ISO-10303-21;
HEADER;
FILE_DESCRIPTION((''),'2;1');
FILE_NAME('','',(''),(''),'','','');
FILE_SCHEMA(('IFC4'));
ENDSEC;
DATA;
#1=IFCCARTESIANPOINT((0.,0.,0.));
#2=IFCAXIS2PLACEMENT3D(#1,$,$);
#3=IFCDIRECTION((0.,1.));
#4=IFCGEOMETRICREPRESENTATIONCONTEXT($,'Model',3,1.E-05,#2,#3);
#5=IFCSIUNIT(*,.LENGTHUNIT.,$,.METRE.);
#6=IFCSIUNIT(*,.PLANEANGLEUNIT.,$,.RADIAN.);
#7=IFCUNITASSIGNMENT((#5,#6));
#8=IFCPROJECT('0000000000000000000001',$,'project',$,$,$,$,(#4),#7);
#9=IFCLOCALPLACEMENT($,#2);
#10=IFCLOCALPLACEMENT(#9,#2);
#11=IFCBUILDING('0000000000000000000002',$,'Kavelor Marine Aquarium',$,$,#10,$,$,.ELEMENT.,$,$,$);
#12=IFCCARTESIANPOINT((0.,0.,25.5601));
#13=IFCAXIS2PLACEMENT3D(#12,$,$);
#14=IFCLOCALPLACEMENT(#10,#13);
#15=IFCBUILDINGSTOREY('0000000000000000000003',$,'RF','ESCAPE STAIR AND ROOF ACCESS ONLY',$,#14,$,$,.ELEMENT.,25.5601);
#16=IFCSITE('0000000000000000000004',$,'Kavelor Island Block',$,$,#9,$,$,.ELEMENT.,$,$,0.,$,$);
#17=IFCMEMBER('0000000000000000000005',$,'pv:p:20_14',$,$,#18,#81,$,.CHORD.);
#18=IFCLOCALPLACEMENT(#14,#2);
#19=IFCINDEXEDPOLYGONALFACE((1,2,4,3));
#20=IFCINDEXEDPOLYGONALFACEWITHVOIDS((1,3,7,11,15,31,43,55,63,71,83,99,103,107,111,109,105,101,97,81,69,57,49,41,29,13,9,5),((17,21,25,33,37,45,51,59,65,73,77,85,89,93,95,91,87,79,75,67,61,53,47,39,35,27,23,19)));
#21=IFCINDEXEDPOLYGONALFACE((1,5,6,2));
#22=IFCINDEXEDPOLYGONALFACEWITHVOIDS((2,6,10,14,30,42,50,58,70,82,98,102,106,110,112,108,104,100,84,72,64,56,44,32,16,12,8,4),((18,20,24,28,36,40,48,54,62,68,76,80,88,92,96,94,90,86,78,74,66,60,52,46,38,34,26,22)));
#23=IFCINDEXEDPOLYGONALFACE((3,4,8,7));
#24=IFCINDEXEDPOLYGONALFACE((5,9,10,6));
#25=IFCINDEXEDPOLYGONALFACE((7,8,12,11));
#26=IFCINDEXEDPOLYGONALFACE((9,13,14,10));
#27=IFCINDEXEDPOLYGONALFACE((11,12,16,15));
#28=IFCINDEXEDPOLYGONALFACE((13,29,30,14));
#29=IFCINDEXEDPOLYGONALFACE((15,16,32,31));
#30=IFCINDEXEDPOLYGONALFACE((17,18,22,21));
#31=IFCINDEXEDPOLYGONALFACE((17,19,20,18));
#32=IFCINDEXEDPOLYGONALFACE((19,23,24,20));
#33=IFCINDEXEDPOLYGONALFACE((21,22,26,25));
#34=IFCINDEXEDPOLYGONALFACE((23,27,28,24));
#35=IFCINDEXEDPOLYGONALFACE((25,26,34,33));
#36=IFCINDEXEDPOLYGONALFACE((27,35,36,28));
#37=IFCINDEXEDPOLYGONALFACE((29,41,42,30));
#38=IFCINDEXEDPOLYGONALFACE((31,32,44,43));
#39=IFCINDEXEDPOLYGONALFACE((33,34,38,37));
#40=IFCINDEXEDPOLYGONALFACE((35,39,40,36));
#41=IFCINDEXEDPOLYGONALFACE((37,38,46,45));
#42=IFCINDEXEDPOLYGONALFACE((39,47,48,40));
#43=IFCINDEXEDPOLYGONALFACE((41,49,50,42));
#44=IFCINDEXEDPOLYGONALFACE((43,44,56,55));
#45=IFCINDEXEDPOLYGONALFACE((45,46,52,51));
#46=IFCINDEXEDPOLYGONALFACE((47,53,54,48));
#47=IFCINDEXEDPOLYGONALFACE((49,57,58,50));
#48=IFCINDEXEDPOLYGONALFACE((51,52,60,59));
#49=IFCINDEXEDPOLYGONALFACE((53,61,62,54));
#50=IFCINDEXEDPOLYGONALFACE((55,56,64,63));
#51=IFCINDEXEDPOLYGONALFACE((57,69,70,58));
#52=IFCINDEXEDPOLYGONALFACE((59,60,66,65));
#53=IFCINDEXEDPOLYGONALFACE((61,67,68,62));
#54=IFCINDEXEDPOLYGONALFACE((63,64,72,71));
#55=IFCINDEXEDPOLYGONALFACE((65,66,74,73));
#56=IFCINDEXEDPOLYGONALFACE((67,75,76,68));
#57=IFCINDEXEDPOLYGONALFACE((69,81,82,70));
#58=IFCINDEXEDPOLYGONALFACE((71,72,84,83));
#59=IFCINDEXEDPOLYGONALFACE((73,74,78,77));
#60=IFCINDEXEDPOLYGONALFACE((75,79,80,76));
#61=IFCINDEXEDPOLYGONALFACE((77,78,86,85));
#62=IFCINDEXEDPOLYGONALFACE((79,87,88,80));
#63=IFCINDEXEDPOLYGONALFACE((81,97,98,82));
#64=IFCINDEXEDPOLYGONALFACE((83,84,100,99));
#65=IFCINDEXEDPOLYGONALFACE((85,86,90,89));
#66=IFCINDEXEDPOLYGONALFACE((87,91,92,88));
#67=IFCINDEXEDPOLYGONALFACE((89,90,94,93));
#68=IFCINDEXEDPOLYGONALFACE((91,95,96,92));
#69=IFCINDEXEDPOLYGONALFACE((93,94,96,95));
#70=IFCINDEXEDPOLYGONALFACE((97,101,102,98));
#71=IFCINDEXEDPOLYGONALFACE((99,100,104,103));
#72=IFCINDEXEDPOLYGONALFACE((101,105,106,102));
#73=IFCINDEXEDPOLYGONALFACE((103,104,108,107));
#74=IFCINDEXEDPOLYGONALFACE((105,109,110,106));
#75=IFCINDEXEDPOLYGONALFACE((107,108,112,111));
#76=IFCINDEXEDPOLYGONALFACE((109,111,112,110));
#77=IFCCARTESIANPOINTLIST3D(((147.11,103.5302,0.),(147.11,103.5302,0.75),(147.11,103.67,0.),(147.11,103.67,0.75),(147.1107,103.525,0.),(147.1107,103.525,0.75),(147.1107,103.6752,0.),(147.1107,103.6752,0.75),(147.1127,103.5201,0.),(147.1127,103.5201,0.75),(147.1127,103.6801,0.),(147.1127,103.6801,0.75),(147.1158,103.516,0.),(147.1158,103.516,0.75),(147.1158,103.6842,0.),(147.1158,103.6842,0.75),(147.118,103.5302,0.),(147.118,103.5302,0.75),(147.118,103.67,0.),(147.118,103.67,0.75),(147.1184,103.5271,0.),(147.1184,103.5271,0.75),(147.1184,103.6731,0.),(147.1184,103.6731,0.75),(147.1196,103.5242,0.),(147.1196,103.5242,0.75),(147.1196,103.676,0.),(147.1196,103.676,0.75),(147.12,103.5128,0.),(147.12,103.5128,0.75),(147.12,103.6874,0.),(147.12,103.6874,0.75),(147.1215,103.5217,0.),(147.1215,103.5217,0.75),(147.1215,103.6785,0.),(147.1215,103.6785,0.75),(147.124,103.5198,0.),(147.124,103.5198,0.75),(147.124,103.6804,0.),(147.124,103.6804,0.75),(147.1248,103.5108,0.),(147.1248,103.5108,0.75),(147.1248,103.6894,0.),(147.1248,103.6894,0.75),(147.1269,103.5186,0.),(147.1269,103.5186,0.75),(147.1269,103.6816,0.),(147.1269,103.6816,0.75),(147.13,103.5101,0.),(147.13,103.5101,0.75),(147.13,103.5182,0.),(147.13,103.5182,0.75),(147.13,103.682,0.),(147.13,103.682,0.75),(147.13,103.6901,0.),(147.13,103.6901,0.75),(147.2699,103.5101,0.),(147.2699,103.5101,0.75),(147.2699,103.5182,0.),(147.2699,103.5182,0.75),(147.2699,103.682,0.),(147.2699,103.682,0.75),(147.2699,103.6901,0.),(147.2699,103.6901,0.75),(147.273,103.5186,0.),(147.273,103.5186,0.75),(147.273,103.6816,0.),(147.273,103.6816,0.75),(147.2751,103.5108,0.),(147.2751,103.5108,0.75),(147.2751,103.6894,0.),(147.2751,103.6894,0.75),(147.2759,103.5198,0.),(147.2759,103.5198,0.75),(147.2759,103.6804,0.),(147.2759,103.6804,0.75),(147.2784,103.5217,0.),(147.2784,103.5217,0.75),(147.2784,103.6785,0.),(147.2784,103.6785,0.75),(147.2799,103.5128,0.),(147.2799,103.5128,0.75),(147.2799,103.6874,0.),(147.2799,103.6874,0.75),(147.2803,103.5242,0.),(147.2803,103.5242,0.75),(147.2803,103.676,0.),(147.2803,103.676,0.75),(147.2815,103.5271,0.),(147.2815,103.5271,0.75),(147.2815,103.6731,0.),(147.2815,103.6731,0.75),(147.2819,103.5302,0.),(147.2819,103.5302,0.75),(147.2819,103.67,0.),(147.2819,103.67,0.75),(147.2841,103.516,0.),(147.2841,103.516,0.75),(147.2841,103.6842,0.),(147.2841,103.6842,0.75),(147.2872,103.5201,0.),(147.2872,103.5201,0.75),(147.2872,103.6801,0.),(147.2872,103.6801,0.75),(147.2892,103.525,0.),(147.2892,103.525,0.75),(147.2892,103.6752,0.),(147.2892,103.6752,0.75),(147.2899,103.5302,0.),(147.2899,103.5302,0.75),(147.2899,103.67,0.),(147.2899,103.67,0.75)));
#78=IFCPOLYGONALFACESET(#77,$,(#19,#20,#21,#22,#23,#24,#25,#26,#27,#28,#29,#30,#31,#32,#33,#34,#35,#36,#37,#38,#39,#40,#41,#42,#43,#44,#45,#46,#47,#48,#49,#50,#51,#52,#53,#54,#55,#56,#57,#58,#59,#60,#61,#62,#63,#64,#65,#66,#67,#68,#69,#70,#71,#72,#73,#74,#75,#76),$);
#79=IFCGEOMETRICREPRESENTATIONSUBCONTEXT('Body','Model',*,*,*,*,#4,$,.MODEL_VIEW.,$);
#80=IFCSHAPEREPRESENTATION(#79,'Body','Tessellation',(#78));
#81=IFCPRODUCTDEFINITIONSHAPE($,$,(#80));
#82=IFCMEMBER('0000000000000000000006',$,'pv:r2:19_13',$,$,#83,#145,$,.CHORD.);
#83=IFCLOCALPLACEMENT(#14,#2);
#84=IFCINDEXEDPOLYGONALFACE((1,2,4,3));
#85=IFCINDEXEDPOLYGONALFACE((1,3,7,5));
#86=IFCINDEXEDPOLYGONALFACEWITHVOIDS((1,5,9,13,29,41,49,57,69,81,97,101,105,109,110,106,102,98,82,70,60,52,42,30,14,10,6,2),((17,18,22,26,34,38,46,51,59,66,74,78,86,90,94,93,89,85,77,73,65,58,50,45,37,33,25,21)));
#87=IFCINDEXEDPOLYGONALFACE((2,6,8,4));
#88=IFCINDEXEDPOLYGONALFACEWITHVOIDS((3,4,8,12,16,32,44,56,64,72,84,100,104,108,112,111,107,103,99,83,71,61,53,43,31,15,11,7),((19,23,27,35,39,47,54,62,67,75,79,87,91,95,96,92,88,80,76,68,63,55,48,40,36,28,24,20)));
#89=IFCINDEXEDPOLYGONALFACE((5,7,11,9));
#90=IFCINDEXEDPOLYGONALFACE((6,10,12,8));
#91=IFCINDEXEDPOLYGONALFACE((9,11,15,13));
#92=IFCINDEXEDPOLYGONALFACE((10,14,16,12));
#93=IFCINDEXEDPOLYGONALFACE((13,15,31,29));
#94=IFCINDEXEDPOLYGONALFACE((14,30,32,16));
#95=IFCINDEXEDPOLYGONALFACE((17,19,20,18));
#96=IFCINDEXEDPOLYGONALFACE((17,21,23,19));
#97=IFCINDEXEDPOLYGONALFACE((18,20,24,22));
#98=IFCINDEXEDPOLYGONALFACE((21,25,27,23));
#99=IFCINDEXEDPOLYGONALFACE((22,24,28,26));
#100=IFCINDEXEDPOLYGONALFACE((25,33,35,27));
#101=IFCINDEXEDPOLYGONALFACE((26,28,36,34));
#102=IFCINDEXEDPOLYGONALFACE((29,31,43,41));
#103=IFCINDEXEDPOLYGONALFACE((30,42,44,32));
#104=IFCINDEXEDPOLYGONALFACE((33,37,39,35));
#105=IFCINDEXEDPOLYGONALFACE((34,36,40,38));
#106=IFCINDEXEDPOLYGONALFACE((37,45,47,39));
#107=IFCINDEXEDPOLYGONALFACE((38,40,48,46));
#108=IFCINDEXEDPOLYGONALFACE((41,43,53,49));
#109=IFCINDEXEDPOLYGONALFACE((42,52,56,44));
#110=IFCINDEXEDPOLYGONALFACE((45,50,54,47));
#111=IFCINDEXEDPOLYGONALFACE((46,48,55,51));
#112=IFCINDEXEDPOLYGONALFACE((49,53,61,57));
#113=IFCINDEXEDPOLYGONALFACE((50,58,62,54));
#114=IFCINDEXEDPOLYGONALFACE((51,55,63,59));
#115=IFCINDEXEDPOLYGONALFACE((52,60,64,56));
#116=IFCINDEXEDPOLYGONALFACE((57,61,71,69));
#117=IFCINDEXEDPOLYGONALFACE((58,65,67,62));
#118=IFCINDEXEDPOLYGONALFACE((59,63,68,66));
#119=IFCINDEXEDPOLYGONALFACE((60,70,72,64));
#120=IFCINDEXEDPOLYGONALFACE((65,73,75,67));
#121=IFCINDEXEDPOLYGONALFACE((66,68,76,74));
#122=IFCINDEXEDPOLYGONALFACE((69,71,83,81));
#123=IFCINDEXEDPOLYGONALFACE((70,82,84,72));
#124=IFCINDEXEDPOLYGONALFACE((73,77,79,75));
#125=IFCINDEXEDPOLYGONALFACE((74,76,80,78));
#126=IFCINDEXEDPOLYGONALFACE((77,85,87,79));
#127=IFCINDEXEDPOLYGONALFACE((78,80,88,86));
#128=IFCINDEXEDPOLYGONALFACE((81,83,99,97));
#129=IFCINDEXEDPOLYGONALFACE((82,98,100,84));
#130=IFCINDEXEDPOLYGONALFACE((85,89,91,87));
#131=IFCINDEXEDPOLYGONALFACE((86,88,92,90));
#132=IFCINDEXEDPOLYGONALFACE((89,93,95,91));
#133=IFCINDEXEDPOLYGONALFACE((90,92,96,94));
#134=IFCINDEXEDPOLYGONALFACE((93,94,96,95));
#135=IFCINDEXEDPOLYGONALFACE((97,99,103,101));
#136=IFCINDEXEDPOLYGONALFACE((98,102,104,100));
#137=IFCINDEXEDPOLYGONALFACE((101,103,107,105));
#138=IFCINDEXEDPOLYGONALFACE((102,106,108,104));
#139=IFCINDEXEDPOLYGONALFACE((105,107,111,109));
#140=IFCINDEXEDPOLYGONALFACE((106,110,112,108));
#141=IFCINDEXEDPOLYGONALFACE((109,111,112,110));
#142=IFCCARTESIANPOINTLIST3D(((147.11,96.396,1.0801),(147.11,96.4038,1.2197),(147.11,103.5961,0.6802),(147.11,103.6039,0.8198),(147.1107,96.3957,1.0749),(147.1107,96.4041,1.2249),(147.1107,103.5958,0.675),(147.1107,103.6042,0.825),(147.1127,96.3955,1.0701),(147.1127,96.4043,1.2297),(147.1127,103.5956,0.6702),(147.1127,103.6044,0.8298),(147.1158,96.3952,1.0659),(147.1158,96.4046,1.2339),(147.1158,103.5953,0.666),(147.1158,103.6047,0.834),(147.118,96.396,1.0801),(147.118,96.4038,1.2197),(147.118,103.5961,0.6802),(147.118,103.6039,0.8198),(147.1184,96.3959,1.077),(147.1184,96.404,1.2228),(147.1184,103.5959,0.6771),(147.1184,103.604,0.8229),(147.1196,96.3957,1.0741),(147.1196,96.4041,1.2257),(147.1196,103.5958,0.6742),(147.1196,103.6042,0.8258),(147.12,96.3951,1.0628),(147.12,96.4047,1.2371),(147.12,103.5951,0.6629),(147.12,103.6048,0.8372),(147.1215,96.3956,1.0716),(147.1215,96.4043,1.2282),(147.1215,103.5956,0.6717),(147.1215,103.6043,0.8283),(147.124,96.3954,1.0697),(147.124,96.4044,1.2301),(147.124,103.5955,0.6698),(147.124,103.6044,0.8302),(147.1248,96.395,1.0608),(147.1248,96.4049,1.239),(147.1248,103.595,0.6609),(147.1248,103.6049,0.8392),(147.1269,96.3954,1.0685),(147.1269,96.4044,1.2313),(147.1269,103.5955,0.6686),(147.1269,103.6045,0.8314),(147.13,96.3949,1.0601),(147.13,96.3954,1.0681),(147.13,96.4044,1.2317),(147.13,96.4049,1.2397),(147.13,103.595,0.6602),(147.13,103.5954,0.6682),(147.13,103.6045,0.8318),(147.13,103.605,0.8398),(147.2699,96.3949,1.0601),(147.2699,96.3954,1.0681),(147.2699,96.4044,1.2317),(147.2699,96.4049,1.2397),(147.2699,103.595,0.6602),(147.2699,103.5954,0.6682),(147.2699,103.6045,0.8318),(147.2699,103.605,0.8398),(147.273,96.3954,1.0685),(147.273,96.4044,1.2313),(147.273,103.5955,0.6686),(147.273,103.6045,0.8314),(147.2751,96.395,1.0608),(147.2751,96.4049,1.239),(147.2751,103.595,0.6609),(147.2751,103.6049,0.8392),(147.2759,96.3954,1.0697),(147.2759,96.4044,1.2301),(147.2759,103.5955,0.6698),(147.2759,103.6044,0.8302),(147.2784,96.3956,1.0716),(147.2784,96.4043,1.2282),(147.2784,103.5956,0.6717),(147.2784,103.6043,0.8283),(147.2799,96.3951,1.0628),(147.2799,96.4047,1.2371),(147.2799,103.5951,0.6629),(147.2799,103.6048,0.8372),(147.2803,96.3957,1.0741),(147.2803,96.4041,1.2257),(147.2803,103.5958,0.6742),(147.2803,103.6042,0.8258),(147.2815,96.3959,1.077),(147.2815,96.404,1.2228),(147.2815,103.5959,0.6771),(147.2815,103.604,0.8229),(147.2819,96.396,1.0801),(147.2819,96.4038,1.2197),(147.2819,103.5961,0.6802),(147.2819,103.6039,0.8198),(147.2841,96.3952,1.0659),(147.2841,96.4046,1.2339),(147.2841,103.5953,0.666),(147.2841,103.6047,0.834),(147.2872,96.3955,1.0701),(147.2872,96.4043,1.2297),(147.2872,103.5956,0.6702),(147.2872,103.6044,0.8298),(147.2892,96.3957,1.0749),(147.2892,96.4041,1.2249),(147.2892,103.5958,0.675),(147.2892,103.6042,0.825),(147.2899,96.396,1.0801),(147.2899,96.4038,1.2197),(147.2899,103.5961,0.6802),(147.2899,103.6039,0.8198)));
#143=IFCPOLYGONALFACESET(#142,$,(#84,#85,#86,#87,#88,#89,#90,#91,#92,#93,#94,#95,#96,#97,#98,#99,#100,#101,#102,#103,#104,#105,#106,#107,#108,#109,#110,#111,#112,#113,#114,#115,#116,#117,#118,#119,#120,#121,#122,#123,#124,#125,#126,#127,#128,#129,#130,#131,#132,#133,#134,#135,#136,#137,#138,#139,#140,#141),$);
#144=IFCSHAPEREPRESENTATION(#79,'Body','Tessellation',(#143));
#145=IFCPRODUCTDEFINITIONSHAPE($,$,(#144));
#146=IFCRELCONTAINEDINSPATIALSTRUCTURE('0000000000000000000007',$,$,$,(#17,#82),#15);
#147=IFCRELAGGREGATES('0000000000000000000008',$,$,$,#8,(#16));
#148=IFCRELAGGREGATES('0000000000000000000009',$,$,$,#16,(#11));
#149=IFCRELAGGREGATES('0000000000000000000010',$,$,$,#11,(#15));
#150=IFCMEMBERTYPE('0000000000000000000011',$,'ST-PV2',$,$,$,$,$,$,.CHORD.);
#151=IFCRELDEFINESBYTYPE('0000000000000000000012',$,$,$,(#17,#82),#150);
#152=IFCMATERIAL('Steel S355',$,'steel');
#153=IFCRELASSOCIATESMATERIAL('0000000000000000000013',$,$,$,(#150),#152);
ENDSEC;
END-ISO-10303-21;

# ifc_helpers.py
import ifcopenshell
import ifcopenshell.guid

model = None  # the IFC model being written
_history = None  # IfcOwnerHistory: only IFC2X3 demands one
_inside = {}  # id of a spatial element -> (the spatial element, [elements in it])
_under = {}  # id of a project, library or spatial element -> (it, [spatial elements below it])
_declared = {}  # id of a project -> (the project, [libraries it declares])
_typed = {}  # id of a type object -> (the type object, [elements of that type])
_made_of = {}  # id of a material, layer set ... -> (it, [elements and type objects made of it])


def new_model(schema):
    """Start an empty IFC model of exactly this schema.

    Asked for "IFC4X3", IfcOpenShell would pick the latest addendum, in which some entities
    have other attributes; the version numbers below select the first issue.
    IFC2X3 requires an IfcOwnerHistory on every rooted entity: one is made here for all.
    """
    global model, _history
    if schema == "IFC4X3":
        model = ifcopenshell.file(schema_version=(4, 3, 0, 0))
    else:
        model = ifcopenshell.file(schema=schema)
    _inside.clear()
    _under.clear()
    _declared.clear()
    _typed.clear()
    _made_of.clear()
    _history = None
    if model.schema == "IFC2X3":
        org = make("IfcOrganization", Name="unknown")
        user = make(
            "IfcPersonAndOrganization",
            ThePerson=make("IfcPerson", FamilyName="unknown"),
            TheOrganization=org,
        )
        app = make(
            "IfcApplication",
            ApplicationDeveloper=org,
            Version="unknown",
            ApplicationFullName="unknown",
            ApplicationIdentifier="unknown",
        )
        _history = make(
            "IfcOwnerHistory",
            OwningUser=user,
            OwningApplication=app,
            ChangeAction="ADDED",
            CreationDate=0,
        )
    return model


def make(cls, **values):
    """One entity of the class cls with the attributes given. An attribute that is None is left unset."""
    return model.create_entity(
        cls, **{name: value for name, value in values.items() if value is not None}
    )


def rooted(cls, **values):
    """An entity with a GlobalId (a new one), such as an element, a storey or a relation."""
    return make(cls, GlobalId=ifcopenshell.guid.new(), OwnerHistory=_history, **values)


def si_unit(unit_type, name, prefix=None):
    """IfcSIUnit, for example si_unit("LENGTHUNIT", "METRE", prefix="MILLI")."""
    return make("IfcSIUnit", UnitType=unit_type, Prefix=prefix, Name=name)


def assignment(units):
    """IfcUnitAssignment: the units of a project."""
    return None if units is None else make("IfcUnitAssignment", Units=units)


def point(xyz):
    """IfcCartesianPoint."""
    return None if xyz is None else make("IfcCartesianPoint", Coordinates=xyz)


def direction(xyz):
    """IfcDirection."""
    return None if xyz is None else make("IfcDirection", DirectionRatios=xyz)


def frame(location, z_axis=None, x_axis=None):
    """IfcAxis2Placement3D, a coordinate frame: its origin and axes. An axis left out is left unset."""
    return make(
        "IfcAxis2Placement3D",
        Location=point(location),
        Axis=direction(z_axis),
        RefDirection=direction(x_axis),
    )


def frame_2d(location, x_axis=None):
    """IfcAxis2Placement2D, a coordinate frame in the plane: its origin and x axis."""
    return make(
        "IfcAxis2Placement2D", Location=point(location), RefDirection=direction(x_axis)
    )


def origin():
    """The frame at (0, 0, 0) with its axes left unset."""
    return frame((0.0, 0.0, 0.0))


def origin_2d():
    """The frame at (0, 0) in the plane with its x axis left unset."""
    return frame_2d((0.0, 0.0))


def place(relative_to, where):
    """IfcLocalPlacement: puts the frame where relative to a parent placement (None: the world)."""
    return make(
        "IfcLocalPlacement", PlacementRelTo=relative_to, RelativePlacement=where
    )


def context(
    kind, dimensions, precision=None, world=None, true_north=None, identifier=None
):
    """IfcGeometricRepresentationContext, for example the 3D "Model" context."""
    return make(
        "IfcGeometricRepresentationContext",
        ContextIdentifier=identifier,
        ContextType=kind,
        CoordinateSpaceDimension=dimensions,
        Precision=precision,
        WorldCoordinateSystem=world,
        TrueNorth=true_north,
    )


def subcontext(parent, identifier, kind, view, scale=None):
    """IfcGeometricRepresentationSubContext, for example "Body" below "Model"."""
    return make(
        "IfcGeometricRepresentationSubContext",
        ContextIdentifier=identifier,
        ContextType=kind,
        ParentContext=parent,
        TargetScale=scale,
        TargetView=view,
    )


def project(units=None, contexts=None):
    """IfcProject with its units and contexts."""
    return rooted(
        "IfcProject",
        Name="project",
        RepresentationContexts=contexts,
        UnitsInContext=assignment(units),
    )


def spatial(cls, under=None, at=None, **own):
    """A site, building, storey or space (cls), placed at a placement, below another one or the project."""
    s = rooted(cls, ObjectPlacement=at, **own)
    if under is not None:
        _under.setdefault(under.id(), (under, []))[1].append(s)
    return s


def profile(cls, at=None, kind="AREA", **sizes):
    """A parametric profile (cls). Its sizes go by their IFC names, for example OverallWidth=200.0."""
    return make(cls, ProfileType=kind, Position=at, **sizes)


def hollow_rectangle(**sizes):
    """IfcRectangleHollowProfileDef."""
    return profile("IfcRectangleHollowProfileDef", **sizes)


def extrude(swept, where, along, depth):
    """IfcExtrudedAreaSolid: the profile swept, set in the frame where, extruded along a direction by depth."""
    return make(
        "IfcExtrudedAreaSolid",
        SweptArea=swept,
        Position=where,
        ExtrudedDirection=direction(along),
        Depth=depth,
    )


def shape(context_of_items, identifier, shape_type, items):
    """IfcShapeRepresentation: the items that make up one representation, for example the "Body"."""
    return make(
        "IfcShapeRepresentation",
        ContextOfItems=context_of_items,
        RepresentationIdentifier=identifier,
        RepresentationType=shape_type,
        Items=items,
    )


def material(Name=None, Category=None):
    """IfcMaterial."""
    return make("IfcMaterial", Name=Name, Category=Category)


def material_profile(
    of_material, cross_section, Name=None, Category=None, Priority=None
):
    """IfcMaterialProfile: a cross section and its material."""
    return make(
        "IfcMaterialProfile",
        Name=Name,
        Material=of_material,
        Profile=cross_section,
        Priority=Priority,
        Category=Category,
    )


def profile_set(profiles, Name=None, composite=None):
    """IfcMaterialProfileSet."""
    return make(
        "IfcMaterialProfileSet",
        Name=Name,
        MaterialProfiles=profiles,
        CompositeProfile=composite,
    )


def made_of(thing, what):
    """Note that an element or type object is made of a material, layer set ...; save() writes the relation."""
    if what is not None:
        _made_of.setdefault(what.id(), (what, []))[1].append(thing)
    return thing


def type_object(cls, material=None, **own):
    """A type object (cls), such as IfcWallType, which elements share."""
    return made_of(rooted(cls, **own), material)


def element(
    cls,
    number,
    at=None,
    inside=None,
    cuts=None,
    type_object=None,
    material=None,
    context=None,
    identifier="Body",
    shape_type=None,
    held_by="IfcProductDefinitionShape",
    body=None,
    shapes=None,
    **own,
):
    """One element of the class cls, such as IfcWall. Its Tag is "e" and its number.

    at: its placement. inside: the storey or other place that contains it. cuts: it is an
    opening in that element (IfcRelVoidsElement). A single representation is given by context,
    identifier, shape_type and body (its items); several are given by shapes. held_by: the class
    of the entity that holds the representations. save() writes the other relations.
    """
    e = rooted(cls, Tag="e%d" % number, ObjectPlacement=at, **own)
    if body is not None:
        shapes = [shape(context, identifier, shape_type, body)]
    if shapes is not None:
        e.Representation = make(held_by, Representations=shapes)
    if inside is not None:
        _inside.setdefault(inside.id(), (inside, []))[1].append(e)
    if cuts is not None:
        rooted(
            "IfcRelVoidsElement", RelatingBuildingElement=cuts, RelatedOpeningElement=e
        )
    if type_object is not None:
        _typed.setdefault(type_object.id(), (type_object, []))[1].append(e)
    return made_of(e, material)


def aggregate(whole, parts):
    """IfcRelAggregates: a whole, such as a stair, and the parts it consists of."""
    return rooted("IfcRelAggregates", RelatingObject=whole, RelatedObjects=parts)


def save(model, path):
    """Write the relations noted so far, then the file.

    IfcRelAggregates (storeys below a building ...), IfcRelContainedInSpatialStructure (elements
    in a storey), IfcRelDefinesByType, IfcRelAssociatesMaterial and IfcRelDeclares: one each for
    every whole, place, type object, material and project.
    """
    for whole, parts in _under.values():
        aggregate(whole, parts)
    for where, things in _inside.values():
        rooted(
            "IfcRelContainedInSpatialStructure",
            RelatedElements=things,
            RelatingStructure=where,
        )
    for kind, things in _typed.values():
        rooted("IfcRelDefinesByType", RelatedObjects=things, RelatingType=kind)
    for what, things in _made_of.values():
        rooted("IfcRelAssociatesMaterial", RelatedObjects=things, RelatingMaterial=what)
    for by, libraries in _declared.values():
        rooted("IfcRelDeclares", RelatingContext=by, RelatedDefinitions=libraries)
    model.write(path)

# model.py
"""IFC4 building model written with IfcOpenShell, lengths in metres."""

from ifc_helpers import new_model, si_unit, direction, frame, origin, origin_2d, place, context, subcontext, project, spatial, hollow_rectangle, extrude, material, material_profile, profile_set, type_object, element, save


model = new_model("IFC4")

# Units and contexts
model_context = context("Model", 3, precision=1e-05, world=origin(), true_north=direction((0.0, 1.0)))
body_context = subcontext(model_context, "Body", "Model", "MODEL_VIEW")
ifc_project = project(units=[si_unit("LENGTHUNIT", "METRE"), si_unit("PLANEANGLEUNIT", "RADIAN")], contexts=[model_context])

# Site, building, storey
site_placement = place(None, origin())
site = spatial("IfcSite", under=ifc_project, at=site_placement, Name="Kavelor Island Block", CompositionType="ELEMENT", RefElevation=0.0)
building_placement = place(site_placement, origin())
building = spatial("IfcBuilding", under=site, at=building_placement, Name="Kavelor Marine Aquarium", CompositionType="ELEMENT")
storey_placement = place(building_placement, frame((0.0, 0.0, 25.5601)))
storey = spatial("IfcBuildingStorey", under=building, at=storey_placement, Name="RF", Description="ESCAPE STAIR AND ROOF ACCESS ONLY", CompositionType="ELEMENT", Elevation=25.5601)

# Members
ifc_material_1 = material(Name="Steel S355", Category="steel")
ifc_material_profile_1 = material_profile(ifc_material_1, hollow_rectangle(XDim=0.1799, YDim=0.1799, WallThickness=0.0081, InnerFilletRadius=0.012, OuterFilletRadius=0.02, at=origin_2d()), Name="SHS 180x180x8.0")
ifc_profile_set_1 = profile_set([ifc_material_profile_1], Name="Steel S355")
member_type_1 = type_object("IfcMemberType", Name="ST-PV2", PredefinedType="CHORD", material=ifc_profile_set_1)
member_1_placement = place(storey_placement, frame((147.2, 103.6001, 0.0), z_axis=(0.0, 0.0, 1.0), x_axis=(1.0, 0.0, 0.0)))
element("IfcMember", 1, at=member_1_placement, inside=storey, type_object=member_type_1, Name="pv:p:20_14", PredefinedType="CHORD", context=body_context, shape_type="SweptSolid", body=[
    extrude(hollow_rectangle(XDim=0.1799, YDim=0.1799, WallThickness=0.0081, InnerFilletRadius=0.012, OuterFilletRadius=0.02, at=origin_2d()), origin(), (0.0, 0.0, 1.0), 0.75),
])
member_2_placement = place(storey_placement, frame((147.2, 96.3999, 1.1499), z_axis=(0.0, 0.998461, -0.055455), x_axis=(-1.0, 0.0, 0.0)))
element("IfcMember", 2, at=member_2_placement, inside=storey, type_object=member_type_1, Name="pv:r2:19_13", PredefinedType="CHORD", context=body_context, shape_type="SweptSolid", body=[
    extrude(hollow_rectangle(XDim=0.1799, YDim=0.1799, WallThickness=0.0081, InnerFilletRadius=0.012, OuterFilletRadius=0.02, at=origin_2d()), origin(), (0.0, 0.0, 1.0), 7.2112),
])

save(model, "model.ifc")
